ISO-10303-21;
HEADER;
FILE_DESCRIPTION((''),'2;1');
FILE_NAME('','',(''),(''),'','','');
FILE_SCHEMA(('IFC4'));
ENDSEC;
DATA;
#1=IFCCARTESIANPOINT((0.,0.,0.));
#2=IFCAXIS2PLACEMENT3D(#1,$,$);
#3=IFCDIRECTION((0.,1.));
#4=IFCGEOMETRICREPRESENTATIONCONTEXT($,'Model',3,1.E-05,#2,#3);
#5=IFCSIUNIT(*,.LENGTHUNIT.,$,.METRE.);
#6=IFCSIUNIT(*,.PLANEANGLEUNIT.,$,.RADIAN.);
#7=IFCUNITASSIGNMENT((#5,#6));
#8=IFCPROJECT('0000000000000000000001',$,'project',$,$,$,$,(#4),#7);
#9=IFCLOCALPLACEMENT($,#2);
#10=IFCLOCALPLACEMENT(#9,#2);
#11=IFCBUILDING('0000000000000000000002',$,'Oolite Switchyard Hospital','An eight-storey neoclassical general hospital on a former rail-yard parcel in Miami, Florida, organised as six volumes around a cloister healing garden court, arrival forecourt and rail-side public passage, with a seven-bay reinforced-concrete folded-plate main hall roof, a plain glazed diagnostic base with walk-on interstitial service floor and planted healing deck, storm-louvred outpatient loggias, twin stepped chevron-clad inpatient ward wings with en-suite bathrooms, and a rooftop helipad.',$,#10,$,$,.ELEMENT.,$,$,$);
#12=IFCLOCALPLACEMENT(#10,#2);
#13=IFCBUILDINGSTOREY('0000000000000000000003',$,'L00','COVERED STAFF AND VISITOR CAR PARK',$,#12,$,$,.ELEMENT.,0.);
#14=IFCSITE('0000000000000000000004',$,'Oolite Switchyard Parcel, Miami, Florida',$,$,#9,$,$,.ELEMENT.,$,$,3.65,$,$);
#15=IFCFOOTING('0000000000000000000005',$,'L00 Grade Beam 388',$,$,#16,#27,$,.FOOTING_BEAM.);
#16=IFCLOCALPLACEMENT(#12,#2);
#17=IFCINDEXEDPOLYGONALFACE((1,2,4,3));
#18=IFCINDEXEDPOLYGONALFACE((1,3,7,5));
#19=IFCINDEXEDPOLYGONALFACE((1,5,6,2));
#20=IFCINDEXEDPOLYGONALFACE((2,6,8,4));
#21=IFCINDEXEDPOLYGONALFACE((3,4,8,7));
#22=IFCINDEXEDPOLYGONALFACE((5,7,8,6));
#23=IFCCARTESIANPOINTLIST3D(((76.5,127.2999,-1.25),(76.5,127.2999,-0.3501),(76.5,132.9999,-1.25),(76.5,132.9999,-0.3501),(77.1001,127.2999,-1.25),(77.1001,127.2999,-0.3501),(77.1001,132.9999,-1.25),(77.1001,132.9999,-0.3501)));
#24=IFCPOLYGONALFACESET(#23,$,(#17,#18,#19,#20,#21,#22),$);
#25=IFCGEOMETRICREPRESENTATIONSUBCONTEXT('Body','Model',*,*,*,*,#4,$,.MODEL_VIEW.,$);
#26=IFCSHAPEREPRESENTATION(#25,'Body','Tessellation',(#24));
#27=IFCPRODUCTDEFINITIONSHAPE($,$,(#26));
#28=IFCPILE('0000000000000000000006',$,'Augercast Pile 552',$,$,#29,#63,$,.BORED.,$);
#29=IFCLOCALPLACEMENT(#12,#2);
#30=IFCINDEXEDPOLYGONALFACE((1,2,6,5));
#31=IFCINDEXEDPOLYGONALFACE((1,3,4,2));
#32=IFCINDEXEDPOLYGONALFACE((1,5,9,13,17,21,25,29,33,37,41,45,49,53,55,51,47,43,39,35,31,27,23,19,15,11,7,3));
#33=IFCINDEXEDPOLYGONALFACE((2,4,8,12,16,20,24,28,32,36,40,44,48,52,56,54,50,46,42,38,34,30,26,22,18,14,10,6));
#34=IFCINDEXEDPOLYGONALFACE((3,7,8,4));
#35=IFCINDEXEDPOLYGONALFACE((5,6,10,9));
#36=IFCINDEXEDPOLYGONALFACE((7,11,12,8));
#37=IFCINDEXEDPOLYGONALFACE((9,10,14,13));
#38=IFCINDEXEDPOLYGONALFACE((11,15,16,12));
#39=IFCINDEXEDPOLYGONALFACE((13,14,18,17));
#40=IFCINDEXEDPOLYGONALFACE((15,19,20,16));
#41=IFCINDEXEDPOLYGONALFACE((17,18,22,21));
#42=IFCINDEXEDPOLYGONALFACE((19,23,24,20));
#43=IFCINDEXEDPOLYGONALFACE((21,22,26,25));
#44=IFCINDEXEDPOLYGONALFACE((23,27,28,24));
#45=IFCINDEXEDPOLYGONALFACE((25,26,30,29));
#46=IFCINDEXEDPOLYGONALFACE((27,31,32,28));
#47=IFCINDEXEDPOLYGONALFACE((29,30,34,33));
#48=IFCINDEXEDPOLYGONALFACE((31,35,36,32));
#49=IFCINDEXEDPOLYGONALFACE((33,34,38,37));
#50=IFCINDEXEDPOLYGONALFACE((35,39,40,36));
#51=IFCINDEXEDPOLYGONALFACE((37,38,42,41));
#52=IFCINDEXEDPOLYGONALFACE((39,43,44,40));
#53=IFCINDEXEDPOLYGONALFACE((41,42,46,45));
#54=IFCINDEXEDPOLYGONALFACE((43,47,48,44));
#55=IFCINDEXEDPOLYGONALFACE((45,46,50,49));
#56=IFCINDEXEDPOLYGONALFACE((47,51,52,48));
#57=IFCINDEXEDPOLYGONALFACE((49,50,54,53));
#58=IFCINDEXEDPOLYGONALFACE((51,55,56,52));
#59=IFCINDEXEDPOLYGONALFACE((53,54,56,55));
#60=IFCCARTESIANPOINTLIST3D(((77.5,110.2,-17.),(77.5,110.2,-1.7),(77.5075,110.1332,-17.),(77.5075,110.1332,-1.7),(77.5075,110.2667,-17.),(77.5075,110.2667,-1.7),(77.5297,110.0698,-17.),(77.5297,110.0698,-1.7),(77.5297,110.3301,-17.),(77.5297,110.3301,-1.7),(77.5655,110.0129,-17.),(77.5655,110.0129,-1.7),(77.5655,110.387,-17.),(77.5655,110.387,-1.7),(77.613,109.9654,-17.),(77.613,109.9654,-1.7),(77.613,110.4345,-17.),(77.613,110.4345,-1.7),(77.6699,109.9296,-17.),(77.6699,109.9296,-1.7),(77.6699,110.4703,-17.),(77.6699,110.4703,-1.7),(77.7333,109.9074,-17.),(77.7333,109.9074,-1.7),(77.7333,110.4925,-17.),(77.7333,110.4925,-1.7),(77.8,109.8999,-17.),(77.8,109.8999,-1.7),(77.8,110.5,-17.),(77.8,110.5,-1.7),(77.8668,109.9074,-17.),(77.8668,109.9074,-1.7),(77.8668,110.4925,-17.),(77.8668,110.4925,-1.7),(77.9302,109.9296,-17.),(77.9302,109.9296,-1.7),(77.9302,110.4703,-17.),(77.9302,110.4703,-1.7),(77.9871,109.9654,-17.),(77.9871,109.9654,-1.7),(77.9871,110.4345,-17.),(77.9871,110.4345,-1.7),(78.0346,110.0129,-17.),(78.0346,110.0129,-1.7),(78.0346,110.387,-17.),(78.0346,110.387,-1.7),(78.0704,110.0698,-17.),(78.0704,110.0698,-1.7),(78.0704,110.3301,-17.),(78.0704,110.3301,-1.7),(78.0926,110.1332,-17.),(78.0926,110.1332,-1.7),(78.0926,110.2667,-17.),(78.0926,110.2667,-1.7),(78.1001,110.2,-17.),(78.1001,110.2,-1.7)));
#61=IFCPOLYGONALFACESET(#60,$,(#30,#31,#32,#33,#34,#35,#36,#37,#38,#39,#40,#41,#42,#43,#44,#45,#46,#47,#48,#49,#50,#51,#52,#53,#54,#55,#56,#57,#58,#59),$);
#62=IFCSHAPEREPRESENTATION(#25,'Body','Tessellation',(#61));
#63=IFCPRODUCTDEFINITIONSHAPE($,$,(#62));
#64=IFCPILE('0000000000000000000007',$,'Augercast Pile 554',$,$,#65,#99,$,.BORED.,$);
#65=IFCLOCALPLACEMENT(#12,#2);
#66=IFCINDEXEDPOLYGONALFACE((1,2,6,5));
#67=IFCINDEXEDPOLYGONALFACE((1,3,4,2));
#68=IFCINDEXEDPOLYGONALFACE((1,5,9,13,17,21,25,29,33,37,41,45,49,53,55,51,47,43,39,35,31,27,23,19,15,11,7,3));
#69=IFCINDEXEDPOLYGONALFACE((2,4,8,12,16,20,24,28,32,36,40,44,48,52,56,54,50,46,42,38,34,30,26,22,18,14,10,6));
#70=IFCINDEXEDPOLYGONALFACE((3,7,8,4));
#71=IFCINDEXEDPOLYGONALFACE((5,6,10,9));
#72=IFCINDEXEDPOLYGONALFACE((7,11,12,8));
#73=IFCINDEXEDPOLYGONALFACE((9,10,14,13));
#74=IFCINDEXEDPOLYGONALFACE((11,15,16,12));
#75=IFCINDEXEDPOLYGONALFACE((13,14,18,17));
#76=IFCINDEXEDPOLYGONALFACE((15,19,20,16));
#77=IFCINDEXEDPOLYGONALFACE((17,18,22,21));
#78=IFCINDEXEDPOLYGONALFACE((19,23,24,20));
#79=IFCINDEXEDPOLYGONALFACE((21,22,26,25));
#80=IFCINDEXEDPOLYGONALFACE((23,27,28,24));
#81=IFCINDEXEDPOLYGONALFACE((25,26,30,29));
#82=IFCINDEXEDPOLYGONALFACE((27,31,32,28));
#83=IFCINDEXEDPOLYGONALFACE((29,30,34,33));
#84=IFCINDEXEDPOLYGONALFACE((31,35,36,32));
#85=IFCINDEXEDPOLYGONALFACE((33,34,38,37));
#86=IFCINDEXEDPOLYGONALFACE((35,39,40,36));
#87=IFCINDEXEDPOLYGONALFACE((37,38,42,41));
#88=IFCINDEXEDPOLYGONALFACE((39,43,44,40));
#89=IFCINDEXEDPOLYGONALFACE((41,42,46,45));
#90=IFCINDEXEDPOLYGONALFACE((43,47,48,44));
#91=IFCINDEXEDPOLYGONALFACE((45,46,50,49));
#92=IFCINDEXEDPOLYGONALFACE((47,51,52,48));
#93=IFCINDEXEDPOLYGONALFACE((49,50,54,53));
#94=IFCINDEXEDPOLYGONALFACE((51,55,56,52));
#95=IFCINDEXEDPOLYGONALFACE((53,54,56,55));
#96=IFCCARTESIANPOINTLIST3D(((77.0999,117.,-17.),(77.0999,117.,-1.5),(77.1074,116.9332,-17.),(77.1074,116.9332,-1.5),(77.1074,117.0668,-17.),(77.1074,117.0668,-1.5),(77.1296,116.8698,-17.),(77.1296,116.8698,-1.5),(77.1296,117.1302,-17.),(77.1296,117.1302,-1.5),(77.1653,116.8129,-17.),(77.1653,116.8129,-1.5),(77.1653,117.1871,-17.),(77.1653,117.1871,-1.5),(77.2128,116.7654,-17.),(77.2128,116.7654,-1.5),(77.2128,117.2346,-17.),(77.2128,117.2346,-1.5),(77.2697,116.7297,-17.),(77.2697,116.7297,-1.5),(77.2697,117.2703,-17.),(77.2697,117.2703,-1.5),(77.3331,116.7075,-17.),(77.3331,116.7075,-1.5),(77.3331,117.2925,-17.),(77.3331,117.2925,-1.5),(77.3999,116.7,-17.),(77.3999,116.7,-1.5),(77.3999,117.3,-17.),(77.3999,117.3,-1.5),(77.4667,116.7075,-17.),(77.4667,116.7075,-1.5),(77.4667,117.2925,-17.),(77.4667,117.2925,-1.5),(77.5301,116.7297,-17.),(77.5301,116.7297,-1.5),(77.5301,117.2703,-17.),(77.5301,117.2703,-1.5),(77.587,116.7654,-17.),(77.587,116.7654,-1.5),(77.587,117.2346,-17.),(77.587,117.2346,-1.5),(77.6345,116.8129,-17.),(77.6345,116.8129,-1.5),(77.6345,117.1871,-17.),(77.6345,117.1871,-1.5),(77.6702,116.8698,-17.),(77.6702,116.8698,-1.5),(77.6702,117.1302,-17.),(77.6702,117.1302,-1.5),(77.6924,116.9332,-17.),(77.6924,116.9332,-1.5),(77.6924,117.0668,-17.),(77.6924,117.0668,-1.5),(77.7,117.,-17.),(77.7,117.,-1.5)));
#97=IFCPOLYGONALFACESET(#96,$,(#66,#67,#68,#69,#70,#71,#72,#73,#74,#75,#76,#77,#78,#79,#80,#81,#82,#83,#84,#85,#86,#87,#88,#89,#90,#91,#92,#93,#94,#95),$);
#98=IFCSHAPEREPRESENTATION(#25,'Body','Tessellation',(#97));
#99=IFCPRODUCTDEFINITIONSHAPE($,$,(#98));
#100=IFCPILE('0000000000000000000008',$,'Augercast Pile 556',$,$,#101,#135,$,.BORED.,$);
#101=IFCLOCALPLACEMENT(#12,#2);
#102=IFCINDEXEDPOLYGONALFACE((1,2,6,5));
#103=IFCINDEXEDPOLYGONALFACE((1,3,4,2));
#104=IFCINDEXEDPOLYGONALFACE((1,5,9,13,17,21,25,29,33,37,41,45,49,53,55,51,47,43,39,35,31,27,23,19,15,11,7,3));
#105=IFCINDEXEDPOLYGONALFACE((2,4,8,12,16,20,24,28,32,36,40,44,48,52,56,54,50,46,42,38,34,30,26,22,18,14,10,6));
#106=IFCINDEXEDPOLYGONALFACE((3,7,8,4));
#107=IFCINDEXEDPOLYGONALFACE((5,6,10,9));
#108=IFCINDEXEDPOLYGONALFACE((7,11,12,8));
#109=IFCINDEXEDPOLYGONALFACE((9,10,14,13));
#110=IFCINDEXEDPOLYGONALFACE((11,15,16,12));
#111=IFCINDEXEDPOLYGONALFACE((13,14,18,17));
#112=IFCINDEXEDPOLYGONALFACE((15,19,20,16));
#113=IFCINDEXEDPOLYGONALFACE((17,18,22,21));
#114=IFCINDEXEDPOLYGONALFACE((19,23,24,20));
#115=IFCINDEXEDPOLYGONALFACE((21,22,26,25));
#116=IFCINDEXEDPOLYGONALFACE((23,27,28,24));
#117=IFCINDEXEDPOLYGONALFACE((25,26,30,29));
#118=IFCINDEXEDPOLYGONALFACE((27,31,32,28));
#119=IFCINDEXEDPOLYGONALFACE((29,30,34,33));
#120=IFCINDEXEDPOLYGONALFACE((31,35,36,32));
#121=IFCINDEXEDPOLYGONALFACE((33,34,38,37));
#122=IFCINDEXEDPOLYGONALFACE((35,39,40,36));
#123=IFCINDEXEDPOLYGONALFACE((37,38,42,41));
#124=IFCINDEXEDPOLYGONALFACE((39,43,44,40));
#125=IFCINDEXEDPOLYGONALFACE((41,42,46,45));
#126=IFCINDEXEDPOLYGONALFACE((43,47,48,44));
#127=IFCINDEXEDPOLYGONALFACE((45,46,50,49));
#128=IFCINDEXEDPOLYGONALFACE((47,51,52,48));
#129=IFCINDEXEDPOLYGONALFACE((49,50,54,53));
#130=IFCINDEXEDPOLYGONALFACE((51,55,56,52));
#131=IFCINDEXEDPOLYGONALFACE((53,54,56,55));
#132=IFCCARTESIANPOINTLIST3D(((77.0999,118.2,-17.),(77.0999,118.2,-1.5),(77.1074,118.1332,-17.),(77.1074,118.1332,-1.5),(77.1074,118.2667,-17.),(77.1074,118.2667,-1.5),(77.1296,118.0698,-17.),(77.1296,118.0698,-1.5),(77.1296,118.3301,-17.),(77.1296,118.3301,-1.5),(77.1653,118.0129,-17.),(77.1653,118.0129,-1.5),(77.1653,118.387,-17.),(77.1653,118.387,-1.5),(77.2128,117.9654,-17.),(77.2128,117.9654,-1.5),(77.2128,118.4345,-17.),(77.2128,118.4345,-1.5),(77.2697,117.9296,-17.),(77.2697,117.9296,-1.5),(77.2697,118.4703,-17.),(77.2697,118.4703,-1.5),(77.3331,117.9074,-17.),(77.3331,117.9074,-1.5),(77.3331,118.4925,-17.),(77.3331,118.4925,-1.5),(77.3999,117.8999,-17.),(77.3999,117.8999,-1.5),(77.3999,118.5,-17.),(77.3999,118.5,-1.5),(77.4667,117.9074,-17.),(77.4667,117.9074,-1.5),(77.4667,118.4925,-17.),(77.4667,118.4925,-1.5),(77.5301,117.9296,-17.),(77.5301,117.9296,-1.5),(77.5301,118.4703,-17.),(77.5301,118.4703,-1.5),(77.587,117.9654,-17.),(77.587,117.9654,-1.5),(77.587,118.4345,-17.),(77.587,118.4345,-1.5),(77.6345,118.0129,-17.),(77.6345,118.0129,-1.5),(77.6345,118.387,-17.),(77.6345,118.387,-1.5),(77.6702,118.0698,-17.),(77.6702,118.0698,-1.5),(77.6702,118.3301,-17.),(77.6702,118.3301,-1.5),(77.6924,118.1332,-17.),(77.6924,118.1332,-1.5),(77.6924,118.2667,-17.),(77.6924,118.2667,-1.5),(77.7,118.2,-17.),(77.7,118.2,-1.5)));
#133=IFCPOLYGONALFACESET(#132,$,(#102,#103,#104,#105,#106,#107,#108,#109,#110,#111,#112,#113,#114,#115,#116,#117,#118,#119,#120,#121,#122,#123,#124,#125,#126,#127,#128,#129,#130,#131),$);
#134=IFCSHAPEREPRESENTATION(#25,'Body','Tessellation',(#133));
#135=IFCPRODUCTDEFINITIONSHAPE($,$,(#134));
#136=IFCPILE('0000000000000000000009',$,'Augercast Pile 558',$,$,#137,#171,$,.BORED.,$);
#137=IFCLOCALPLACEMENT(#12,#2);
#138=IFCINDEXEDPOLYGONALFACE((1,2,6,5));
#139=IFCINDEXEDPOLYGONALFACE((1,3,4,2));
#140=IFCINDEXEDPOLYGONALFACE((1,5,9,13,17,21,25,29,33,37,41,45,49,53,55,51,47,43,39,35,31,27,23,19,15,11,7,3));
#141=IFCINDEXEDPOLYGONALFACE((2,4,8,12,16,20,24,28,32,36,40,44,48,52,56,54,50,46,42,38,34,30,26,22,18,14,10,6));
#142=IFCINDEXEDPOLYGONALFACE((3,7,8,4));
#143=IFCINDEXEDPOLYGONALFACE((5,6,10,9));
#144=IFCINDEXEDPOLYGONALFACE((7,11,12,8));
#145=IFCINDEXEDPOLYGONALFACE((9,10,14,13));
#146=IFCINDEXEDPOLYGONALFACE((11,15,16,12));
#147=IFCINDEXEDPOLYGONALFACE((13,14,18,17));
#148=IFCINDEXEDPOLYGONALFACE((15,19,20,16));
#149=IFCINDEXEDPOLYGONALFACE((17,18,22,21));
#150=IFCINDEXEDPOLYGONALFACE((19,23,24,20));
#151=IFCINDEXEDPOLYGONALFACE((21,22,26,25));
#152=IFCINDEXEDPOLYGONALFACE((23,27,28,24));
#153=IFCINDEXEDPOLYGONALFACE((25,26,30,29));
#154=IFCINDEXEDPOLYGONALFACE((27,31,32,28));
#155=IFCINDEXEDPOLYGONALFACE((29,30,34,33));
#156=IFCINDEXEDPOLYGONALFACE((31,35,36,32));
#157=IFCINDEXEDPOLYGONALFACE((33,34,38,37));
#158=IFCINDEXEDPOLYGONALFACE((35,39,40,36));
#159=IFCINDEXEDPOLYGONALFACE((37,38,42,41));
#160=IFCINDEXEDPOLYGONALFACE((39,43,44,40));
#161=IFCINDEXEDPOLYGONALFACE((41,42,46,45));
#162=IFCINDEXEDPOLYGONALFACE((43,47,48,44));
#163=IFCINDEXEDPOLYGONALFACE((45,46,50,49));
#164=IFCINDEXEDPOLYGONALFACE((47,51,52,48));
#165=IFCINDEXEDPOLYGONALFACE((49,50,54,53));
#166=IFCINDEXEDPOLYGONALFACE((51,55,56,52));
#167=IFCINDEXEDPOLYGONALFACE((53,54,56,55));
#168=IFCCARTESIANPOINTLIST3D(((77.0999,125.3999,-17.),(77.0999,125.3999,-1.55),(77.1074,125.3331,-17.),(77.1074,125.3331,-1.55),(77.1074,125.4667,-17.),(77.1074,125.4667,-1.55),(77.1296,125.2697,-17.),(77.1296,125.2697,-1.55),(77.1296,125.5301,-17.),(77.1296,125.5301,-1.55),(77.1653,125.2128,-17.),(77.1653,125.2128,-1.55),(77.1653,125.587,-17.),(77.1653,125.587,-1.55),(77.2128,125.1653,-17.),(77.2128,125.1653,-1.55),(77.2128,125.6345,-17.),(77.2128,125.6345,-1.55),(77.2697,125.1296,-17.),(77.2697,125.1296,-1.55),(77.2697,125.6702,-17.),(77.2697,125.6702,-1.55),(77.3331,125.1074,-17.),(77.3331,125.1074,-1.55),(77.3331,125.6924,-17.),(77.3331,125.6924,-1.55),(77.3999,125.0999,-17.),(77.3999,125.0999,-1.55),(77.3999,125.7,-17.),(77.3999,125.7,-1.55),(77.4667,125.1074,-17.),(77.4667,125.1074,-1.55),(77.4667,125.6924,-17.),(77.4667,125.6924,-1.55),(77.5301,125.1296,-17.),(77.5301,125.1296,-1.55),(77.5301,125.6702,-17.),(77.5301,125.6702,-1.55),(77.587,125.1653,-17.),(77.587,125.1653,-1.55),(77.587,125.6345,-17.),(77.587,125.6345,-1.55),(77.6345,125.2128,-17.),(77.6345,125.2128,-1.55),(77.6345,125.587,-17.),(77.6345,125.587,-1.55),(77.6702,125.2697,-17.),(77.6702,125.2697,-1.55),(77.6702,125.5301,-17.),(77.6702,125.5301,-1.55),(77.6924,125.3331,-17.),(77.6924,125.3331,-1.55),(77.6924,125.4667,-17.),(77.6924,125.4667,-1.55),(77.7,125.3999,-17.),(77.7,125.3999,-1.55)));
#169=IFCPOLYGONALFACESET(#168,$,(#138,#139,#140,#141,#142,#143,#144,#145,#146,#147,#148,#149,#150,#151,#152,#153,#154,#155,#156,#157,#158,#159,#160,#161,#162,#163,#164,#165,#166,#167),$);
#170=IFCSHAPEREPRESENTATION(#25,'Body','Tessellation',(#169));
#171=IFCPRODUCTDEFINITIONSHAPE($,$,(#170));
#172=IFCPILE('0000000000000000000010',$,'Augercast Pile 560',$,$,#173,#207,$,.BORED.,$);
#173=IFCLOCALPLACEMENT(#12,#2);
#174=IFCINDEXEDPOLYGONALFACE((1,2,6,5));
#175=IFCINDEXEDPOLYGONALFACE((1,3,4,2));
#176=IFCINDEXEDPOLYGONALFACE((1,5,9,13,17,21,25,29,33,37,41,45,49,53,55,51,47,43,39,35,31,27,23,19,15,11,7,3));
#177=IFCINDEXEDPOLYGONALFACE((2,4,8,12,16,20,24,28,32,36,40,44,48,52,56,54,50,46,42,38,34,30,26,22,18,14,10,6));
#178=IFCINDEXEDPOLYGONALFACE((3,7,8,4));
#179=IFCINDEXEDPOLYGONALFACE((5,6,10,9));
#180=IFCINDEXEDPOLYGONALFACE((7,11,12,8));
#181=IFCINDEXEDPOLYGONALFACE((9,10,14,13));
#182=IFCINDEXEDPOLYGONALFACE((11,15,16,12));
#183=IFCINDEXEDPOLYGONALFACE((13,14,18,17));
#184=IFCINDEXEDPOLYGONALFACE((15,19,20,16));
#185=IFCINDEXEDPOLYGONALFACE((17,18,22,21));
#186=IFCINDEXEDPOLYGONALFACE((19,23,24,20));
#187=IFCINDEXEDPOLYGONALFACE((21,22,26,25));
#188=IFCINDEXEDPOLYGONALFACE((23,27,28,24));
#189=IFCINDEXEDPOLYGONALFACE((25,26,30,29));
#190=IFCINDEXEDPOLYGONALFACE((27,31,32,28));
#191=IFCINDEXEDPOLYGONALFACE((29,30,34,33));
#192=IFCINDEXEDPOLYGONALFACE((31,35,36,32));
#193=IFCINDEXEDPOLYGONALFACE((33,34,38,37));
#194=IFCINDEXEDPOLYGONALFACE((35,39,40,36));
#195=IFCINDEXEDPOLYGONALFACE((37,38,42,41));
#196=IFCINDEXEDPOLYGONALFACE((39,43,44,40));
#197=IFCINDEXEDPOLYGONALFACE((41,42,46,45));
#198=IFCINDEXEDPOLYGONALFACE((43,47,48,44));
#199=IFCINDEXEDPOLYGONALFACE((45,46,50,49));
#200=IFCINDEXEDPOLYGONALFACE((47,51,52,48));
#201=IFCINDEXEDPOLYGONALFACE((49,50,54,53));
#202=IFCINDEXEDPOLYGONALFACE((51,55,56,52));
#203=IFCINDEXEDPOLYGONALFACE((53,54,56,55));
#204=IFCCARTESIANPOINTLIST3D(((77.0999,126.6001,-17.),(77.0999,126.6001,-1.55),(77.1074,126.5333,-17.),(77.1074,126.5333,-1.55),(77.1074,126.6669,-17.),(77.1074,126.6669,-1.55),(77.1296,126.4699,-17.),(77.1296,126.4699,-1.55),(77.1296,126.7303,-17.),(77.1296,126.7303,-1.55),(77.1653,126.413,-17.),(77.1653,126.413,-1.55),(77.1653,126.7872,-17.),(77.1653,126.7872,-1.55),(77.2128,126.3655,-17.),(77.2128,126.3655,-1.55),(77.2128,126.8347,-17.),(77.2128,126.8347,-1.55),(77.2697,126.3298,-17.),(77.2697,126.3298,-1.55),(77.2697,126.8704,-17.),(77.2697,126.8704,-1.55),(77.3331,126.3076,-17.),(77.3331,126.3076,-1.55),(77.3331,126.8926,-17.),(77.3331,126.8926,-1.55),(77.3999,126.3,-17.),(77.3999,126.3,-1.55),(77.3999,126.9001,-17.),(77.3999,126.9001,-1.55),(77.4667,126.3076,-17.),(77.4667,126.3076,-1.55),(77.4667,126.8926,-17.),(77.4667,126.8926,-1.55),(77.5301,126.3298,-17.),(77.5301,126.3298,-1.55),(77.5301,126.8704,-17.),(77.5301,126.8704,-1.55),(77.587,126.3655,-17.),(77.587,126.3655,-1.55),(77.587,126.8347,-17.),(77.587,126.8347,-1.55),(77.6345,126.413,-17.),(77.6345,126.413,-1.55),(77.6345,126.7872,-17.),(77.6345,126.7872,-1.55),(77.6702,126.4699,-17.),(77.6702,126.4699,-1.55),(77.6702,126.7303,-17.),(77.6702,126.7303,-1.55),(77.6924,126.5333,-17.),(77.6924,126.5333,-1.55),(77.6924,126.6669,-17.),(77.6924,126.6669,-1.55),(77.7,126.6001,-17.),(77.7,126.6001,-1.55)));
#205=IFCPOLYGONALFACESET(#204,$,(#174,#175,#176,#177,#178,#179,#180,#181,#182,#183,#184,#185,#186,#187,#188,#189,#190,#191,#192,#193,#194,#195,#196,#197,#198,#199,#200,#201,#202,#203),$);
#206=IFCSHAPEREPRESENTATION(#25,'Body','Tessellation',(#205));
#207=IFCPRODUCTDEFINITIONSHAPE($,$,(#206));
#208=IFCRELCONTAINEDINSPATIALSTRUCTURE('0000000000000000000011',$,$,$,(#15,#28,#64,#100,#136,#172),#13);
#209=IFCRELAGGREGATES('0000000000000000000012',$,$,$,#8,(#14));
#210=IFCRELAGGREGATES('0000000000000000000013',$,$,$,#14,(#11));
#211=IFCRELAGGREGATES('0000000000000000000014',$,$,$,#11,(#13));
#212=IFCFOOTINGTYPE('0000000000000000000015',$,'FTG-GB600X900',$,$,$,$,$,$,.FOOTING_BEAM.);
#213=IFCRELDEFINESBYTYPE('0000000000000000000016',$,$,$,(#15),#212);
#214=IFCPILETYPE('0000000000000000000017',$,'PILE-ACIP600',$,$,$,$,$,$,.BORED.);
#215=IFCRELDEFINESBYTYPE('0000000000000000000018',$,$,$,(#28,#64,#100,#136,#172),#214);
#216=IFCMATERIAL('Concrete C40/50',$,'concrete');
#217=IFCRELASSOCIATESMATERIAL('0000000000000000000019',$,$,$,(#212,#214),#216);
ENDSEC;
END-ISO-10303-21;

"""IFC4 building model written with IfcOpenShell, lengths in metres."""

from ifc_helpers import new_model, si_unit, direction, frame, origin, origin_2d, place, context, subcontext, project, spatial, rectangle, circle, extrude, material, material_profile, profile_set, type_object, element, save


model = new_model("IFC4")

# Units and contexts
model_context = context("Model", 3, precision=1e-05, world=origin(), true_north=direction((0.0, 1.0)))
body_context = subcontext(model_context, "Body", "Model", "MODEL_VIEW")
ifc_project = project(units=[si_unit("LENGTHUNIT", "METRE"), si_unit("PLANEANGLEUNIT", "RADIAN")], contexts=[model_context])

# Site, building, storey
site_placement = place(None, origin())
site = spatial("IfcSite", under=ifc_project, at=site_placement, Name="Oolite Switchyard Parcel, Miami, Florida", CompositionType="ELEMENT", RefElevation=3.65)
building_placement = place(site_placement, origin())
building = spatial("IfcBuilding", under=site, at=building_placement, Name="Oolite Switchyard Hospital", Description="An eight-storey neoclassical general hospital on a former rail-yard parcel in Miami, Florida, organised as six volumes around a cloister healing garden court, arrival forecourt and rail-side public passage, with a seven-bay reinforced-concrete folded-plate main hall roof, a plain glazed diagnostic base with walk-on interstitial service floor and planted healing deck, storm-louvred outpatient loggias, twin stepped chevron-clad inpatient ward wings with en-suite bathrooms, and a rooftop helipad.", CompositionType="ELEMENT")
storey_placement = place(building_placement, origin())
storey = spatial("IfcBuildingStorey", under=building, at=storey_placement, Name="L00", Description="COVERED STAFF AND VISITOR CAR PARK", CompositionType="ELEMENT", Elevation=0.0)

# Footing
ifc_material_1 = material(Name="Concrete C40/50", Category="concrete")
footing_type = type_object("IfcFootingType", Name="FTG-GB600X900", PredefinedType="FOOTING_BEAM", material=ifc_material_1)
footing_placement = place(storey_placement, frame((76.8, 130.1499, -1.25), z_axis=(0.0, 0.0, 1.0), x_axis=(0.0, 1.0, 0.0)))
element("IfcFooting", 1, at=footing_placement, inside=storey, type_object=footing_type, Name="L00 Grade Beam 388", PredefinedType="FOOTING_BEAM", context=body_context, shape_type="SweptSolid", body=[
    extrude(rectangle(XDim=5.7, YDim=0.6001, at=origin_2d()), origin(), (0.0, 0.0, 1.0), 0.8999),
])

# Piles
ifc_material_profile_1 = material_profile(ifc_material_1, circle(Radius=0.3, at=origin_2d()), Name="PILE600")
ifc_profile_set_1 = profile_set([ifc_material_profile_1], Name="Concrete C40/50")
pile_type = type_object("IfcPileType", Name="PILE-ACIP600", PredefinedType="BORED", material=ifc_profile_set_1)
pile_1_placement = place(storey_placement, frame((77.8, 110.2, -1.7), z_axis=(0.0, 0.0, -1.0), x_axis=(1.0, 0.0, 0.0)))
element("IfcPile", 2, at=pile_1_placement, inside=storey, type_object=pile_type, Name="Augercast Pile 552", PredefinedType="BORED", context=body_context, shape_type="SweptSolid", body=[
    extrude(circle(Radius=0.3, at=origin_2d()), origin(), (0.0, 0.0, 1.0), 15.3),
])
for number, where, z_axis, x_axis, name in (
    (3, (77.3999, 117.0, -1.5), (0.0, 0.0, -1.0), (1.0, 0.0, 0.0), "Augercast Pile 554"),
    (4, (77.3999, 118.2, -1.5), (0.0, 0.0, -1.0), (1.0, 0.0, 0.0), "Augercast Pile 556"),
):
    element("IfcPile", number, at=place(storey_placement, frame(where, z_axis=z_axis, x_axis=x_axis)), inside=storey, type_object=pile_type, Name=name, PredefinedType="BORED", context=body_context, shape_type="SweptSolid", body=[
        extrude(circle(Radius=0.3, at=origin_2d()), origin(), (0.0, 0.0, 1.0), 15.5),
    ])
for number, where, z_axis, x_axis, name in (
    (5, (77.3999, 125.3999, -1.55), (0.0, 0.0, -1.0), (1.0, 0.0, 0.0), "Augercast Pile 558"),
    (6, (77.3999, 126.6001, -1.55), (0.0, 0.0, -1.0), (1.0, 0.0, 0.0), "Augercast Pile 560"),
):
    element("IfcPile", number, at=place(storey_placement, frame(where, z_axis=z_axis, x_axis=x_axis)), inside=storey, type_object=pile_type, Name=name, PredefinedType="BORED", context=body_context, shape_type="SweptSolid", body=[
        extrude(circle(Radius=0.3, at=origin_2d()), origin(), (0.0, 0.0, 1.0), 15.45),
    ])

save(model, "model.ifc")
